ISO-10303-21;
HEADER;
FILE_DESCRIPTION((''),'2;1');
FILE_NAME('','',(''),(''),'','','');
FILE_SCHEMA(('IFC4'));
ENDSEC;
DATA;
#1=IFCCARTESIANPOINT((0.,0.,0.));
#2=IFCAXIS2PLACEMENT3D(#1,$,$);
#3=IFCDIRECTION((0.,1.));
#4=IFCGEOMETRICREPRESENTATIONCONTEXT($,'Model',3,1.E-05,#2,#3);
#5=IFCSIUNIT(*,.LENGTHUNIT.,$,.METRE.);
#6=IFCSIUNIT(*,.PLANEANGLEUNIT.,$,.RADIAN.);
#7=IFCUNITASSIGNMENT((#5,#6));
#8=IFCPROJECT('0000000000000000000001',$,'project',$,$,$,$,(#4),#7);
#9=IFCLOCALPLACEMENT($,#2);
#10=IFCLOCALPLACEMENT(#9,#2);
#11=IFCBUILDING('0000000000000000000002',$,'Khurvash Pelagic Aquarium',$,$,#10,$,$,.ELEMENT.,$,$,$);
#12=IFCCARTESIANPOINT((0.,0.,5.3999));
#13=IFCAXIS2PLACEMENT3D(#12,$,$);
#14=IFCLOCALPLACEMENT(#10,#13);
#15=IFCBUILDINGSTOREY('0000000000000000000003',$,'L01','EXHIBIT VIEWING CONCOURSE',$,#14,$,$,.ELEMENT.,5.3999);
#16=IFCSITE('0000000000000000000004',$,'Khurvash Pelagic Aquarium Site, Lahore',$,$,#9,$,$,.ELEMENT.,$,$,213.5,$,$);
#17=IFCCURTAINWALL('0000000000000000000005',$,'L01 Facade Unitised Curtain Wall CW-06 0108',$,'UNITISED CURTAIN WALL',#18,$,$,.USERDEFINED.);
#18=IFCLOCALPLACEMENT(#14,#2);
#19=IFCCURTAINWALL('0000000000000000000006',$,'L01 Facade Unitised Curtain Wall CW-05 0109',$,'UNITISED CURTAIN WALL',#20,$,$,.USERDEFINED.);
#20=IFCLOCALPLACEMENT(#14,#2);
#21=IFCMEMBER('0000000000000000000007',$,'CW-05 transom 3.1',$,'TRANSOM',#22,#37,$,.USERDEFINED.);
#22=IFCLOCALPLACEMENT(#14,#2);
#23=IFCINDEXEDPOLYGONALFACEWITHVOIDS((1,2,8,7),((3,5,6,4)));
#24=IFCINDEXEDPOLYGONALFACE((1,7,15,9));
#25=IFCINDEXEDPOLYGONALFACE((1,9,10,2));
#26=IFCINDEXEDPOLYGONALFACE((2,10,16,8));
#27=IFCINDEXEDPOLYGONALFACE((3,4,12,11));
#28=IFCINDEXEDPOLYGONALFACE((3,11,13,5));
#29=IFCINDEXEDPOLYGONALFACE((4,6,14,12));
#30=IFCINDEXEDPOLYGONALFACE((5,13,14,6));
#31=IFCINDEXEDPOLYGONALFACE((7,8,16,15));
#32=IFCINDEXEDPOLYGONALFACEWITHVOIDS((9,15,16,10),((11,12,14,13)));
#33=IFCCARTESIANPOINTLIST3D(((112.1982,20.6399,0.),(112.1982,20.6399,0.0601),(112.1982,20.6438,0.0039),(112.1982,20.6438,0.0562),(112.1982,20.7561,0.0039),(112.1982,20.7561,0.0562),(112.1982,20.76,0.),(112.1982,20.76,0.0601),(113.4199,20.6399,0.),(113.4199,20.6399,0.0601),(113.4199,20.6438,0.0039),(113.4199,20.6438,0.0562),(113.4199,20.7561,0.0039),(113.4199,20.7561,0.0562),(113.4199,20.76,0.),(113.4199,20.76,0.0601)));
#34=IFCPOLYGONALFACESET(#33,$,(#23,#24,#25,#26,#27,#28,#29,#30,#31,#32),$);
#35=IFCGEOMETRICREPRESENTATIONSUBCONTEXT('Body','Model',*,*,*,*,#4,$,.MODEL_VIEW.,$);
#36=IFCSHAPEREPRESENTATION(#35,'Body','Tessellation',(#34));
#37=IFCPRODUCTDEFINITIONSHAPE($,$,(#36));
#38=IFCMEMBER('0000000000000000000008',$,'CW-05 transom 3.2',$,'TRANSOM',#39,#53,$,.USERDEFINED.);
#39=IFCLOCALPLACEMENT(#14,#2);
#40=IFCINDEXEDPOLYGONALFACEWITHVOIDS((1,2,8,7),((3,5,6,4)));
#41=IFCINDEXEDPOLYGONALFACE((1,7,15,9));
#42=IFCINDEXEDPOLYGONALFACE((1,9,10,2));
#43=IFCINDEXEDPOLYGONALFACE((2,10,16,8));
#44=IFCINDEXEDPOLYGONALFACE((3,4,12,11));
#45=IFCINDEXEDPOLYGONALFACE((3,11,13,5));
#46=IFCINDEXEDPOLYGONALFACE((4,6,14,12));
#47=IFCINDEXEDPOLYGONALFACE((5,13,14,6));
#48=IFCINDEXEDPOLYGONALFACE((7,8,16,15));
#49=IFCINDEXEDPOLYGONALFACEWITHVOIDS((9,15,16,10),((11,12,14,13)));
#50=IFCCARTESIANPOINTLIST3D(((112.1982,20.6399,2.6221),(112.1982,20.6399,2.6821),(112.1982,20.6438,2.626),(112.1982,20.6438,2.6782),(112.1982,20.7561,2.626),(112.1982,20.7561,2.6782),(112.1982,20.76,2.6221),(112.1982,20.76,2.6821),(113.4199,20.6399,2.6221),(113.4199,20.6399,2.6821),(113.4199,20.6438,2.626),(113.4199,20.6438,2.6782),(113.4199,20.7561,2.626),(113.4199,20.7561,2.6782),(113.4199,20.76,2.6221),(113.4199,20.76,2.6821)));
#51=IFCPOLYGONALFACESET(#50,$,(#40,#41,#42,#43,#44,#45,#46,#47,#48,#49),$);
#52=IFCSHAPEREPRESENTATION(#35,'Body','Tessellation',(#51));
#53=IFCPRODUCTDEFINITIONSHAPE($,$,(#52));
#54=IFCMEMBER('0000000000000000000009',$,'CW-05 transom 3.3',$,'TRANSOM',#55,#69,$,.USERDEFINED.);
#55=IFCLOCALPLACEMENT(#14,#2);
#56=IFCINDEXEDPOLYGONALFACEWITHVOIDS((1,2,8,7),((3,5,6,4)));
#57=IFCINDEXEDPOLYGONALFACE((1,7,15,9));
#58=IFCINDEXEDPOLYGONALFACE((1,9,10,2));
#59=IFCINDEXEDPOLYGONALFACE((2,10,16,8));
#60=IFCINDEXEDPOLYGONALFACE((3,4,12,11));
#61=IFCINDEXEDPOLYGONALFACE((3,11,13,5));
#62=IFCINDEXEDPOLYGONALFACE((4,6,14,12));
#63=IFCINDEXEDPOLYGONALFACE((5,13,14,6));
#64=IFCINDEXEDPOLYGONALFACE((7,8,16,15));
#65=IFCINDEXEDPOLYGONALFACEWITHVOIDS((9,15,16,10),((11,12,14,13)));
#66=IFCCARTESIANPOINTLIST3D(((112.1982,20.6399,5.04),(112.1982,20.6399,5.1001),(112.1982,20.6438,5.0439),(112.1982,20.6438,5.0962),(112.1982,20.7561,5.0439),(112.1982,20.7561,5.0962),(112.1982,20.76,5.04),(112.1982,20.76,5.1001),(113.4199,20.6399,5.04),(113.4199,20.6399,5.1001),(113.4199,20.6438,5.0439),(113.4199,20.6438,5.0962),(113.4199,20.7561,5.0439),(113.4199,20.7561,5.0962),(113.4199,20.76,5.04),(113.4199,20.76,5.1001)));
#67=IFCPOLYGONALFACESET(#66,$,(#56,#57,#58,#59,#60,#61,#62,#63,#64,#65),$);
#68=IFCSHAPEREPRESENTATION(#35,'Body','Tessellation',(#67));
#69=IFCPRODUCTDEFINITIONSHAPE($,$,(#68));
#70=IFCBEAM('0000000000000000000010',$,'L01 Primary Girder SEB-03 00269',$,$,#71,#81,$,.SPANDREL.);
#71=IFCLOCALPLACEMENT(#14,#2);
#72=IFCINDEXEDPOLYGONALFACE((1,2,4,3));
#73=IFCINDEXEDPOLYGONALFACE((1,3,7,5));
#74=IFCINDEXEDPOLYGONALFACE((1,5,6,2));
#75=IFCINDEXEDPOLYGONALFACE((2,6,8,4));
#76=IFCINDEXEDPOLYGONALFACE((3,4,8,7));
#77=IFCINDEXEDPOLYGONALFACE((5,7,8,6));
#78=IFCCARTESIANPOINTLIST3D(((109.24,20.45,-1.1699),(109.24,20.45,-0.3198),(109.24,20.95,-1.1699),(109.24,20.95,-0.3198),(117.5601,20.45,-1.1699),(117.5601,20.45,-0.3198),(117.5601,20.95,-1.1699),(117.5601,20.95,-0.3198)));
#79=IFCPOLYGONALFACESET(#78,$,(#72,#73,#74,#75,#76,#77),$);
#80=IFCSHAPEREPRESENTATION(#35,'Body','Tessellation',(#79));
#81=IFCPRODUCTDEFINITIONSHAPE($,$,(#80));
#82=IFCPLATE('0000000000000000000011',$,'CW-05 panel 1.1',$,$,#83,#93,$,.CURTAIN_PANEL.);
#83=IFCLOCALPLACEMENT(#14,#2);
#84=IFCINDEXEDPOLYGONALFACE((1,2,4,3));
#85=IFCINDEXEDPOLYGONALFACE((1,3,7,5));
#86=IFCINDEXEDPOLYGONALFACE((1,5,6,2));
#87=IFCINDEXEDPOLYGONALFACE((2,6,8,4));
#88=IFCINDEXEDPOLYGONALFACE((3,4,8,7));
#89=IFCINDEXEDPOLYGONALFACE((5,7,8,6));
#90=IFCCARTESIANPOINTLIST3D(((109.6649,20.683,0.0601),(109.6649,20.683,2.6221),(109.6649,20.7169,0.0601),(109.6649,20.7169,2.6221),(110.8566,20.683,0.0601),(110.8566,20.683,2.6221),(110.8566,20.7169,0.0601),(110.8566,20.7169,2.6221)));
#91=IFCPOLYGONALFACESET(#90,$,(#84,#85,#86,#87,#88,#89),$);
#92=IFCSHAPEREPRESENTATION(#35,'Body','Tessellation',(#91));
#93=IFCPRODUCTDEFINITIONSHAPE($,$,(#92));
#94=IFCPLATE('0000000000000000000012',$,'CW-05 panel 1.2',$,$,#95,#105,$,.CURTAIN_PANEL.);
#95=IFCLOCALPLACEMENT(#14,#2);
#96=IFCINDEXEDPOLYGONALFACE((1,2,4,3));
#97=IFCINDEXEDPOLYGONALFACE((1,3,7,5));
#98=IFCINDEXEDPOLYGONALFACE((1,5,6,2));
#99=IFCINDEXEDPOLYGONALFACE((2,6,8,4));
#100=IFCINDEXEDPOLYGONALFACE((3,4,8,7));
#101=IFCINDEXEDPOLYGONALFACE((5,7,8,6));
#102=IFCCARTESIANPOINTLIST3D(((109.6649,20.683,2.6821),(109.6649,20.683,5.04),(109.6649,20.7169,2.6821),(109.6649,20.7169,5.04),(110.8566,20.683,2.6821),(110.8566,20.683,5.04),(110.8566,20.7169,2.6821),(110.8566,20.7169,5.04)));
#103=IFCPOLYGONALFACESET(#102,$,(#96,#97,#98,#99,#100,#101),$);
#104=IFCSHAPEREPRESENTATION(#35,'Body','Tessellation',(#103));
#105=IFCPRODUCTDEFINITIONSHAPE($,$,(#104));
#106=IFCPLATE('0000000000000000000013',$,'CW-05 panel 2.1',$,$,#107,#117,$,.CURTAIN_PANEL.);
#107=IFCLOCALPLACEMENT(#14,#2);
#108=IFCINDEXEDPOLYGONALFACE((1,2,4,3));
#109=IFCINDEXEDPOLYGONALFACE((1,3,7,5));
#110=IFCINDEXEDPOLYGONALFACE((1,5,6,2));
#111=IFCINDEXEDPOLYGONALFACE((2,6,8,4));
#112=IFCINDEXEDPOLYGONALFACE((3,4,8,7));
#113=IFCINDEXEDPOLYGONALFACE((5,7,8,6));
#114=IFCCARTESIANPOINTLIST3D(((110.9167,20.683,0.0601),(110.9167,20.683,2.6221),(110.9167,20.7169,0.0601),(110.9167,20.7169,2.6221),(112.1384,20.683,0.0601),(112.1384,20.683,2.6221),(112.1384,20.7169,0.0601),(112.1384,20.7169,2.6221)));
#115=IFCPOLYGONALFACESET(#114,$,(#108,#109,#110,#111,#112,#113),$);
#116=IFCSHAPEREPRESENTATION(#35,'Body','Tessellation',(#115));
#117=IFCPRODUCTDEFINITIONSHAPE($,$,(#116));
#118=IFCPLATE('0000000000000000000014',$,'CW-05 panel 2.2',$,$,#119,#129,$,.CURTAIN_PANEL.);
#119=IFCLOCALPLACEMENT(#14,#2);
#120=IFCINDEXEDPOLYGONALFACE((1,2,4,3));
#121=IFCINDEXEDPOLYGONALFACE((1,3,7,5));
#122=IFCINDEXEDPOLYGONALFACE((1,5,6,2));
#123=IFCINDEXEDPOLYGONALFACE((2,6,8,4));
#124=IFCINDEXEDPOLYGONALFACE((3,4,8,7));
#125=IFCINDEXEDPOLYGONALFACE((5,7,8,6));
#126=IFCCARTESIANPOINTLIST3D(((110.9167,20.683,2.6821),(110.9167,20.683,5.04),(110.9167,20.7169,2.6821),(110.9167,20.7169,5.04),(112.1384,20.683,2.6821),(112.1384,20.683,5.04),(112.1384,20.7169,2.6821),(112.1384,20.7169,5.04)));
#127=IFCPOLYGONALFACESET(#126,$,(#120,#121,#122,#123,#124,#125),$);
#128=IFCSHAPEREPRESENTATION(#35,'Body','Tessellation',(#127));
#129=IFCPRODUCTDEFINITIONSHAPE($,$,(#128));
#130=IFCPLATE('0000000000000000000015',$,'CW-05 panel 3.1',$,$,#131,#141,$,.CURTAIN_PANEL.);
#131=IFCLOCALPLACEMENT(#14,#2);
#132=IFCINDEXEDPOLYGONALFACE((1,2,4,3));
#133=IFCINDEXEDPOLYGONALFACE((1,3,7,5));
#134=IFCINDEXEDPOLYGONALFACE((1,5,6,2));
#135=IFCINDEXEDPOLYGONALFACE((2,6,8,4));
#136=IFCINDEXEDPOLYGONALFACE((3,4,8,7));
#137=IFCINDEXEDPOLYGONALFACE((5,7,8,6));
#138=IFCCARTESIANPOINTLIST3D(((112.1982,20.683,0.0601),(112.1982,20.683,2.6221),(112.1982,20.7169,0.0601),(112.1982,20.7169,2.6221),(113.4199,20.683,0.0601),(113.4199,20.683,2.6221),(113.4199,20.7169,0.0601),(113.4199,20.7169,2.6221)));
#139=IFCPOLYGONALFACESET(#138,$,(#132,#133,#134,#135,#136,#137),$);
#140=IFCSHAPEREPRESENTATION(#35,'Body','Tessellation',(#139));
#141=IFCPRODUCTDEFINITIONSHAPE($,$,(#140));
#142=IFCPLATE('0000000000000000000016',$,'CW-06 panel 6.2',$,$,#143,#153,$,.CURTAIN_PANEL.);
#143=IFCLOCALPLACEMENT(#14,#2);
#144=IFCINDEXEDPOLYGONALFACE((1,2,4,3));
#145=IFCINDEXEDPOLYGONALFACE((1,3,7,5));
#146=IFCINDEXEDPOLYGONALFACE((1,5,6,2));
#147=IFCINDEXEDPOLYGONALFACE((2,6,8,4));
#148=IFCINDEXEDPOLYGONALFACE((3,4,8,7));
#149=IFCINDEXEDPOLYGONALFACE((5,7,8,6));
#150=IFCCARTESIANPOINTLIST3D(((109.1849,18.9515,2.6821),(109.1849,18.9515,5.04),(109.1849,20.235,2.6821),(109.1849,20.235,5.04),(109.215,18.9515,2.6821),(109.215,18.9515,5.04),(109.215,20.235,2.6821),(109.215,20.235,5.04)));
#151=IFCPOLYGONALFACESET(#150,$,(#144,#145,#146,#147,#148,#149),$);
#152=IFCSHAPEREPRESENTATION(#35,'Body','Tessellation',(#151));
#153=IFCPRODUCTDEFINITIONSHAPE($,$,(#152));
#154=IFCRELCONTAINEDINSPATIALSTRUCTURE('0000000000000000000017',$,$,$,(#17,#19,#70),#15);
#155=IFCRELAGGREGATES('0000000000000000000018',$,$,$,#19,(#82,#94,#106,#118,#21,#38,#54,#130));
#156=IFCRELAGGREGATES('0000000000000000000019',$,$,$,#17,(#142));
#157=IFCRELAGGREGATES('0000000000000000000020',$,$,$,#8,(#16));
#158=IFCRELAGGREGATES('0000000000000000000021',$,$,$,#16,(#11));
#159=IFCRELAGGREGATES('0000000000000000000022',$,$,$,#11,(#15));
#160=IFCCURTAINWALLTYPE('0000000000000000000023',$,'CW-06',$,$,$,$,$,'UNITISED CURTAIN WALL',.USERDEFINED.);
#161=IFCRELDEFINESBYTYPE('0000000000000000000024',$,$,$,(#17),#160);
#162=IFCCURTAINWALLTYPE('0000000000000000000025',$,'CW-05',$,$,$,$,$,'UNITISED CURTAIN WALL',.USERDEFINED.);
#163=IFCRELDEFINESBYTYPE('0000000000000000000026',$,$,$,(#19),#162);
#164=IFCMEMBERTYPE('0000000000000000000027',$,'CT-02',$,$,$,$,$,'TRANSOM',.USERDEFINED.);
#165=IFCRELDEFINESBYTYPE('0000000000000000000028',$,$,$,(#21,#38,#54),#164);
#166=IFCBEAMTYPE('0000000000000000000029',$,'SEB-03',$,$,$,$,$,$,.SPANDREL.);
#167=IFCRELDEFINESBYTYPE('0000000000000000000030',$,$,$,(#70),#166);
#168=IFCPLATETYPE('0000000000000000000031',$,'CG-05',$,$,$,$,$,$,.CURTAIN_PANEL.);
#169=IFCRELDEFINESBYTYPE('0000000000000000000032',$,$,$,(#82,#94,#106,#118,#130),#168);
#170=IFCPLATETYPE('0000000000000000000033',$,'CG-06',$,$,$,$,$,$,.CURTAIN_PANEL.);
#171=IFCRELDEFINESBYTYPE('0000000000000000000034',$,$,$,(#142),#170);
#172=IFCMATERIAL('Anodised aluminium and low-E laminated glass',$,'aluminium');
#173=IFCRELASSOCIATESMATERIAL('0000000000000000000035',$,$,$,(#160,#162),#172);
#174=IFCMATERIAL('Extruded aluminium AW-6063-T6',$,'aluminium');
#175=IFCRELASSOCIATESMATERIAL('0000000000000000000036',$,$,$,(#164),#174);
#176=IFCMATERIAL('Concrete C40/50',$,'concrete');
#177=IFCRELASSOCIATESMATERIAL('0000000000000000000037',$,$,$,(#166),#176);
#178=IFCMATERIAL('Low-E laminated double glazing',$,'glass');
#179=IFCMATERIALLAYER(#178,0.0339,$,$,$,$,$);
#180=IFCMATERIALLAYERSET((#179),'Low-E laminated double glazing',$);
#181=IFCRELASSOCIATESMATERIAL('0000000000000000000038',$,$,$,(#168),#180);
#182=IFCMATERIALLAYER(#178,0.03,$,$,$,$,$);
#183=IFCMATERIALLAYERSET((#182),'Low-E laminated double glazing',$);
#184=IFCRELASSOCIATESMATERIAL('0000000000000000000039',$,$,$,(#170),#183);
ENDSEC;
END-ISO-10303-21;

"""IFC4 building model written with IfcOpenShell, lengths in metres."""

from ifc_helpers import new_model, si_unit, direction, frame, origin, origin_2d, place, context, subcontext, project, spatial, rectangle, hollow_rectangle, extrude, material, layer, layer_set, material_profile, profile_set, type_object, element, aggregate, save


model = new_model("IFC4")

# Units and contexts
model_context = context("Model", 3, precision=1e-05, world=origin(), true_north=direction((0.0, 1.0)))
body_context = subcontext(model_context, "Body", "Model", "MODEL_VIEW")
ifc_project = project(units=[si_unit("LENGTHUNIT", "METRE"), si_unit("PLANEANGLEUNIT", "RADIAN")], contexts=[model_context])

# Site, building, storey
site_placement = place(None, origin())
site = spatial("IfcSite", under=ifc_project, at=site_placement, Name="Khurvash Pelagic Aquarium Site, Lahore", CompositionType="ELEMENT", RefElevation=213.5)
building_placement = place(site_placement, origin())
building = spatial("IfcBuilding", under=site, at=building_placement, Name="Khurvash Pelagic Aquarium", CompositionType="ELEMENT")
storey_placement = place(building_placement, frame((0.0, 0.0, 5.3999)))
storey = spatial("IfcBuildingStorey", under=building, at=storey_placement, Name="L01", Description="EXHIBIT VIEWING CONCOURSE", CompositionType="ELEMENT", Elevation=5.3999)

# Shared definitions
ifc_material_1 = material(Name="Concrete C40/50", Category="concrete")

# Curtain wall
ifc_material_2 = material(Name="Anodised aluminium and low-E laminated glass", Category="aluminium")
curtain_wall_type_1 = type_object("IfcCurtainWallType", Name="CW-06", ElementType="UNITISED CURTAIN WALL", PredefinedType="USERDEFINED", material=ifc_material_2)
curtain_wall_1_placement = place(storey_placement, origin())
curtain_wall_1 = element("IfcCurtainWall", 1, at=curtain_wall_1_placement, inside=storey, type_object=curtain_wall_type_1, Name="L01 Facade Unitised Curtain Wall CW-06 0108", ObjectType="UNITISED CURTAIN WALL", PredefinedType="USERDEFINED")
ifc_material_3 = material(Name="Extruded aluminium AW-6063-T6", Category="aluminium")

# Curtain wall, members
curtain_wall_type_2 = type_object("IfcCurtainWallType", Name="CW-05", ElementType="UNITISED CURTAIN WALL", PredefinedType="USERDEFINED", material=ifc_material_2)
curtain_wall_2_placement = place(storey_placement, origin())
curtain_wall_2 = element("IfcCurtainWall", 2, at=curtain_wall_2_placement, inside=storey, type_object=curtain_wall_type_2, Name="L01 Facade Unitised Curtain Wall CW-05 0109", ObjectType="UNITISED CURTAIN WALL", PredefinedType="USERDEFINED")
ifc_material_profile_1 = material_profile(ifc_material_3, hollow_rectangle(XDim=0.1201, YDim=0.0601, WallThickness=0.0039, at=origin_2d()), Name="CWT120X60X4")
ifc_profile_set_1 = profile_set([ifc_material_profile_1], Name="Extruded aluminium AW-6063-T6")
member_type_1 = type_object("IfcMemberType", Name="CT-02", ElementType="TRANSOM", PredefinedType="USERDEFINED", material=ifc_profile_set_1)
member_1_placement = place(storey_placement, frame((112.1982, 20.7, 0.03), z_axis=(1.0, 0.0, 0.0), x_axis=(0.0, 1.0, 0.0)))
member_1 = element("IfcMember", 3, at=member_1_placement, type_object=member_type_1, Name="CW-05 transom 3.1", ObjectType="TRANSOM", PredefinedType="USERDEFINED", context=body_context, shape_type="SweptSolid", body=[
    extrude(hollow_rectangle(XDim=0.1201, YDim=0.0601, WallThickness=0.0039, at=origin_2d()), origin(), (0.0, 0.0, 1.0), 1.2217),
])
member_2_placement = place(storey_placement, frame((112.1982, 20.7, 2.6521), z_axis=(1.0, 0.0, 0.0), x_axis=(0.0, 1.0, 0.0)))
member_2 = element("IfcMember", 4, at=member_2_placement, type_object=member_type_1, Name="CW-05 transom 3.2", ObjectType="TRANSOM", PredefinedType="USERDEFINED", context=body_context, shape_type="SweptSolid", body=[
    extrude(hollow_rectangle(XDim=0.1201, YDim=0.0601, WallThickness=0.0039, at=origin_2d()), origin(), (0.0, 0.0, 1.0), 1.2217),
])
member_3_placement = place(storey_placement, frame((112.1982, 20.7, 5.0701), z_axis=(1.0, 0.0, 0.0), x_axis=(0.0, 1.0, 0.0)))
member_3 = element("IfcMember", 5, at=member_3_placement, type_object=member_type_1, Name="CW-05 transom 3.3", ObjectType="TRANSOM", PredefinedType="USERDEFINED", context=body_context, shape_type="SweptSolid", body=[
    extrude(hollow_rectangle(XDim=0.1201, YDim=0.0601, WallThickness=0.0039, at=origin_2d()), origin(), (0.0, 0.0, 1.0), 1.2217),
])

# Beam
ifc_material_profile_2 = material_profile(ifc_material_1, rectangle(XDim=0.5, YDim=0.8501, at=origin_2d()), Name="RC500X850")
ifc_profile_set_2 = profile_set([ifc_material_profile_2], Name="Concrete C40/50")
beam_type = type_object("IfcBeamType", Name="SEB-03", PredefinedType="SPANDREL", material=ifc_profile_set_2)
beam_placement = place(storey_placement, frame((109.24, 20.7, -0.7449), z_axis=(1.0, 0.0, 0.0), x_axis=(0.0, 1.0, 0.0)))
element("IfcBeam", 6, at=beam_placement, inside=storey, type_object=beam_type, Name="L01 Primary Girder SEB-03 00269", PredefinedType="SPANDREL", context=body_context, shape_type="SweptSolid", body=[
    extrude(rectangle(XDim=0.5, YDim=0.8501, at=origin_2d()), origin(), (0.0, 0.0, 1.0), 8.3201),
])

# Plates
ifc_material_4 = material(Name="Low-E laminated double glazing", Category="glass")
ifc_layer_1 = layer(ifc_material_4, 0.0339)
ifc_layer_set_1 = layer_set([ifc_layer_1], Name="Low-E laminated double glazing")
plate_type_1 = type_object("IfcPlateType", Name="CG-05", PredefinedType="CURTAIN_PANEL", material=ifc_layer_set_1)
plate_1_placement = place(storey_placement, frame((110.2607, 20.7, 0.0601), z_axis=(0.0, 0.0, 1.0), x_axis=(1.0, 0.0, 0.0)))
plate_1 = element("IfcPlate", 7, at=plate_1_placement, type_object=plate_type_1, Name="CW-05 panel 1.1", PredefinedType="CURTAIN_PANEL", context=body_context, shape_type="SweptSolid", body=[
    extrude(rectangle(XDim=1.1917, YDim=0.0339, at=origin_2d()), origin(), (0.0, 0.0, 1.0), 2.562),
])
plate_2_placement = place(storey_placement, frame((110.2607, 20.7, 2.6821), z_axis=(0.0, 0.0, 1.0), x_axis=(1.0, 0.0, 0.0)))
plate_2 = element("IfcPlate", 8, at=plate_2_placement, type_object=plate_type_1, Name="CW-05 panel 1.2", PredefinedType="CURTAIN_PANEL", context=body_context, shape_type="SweptSolid", body=[
    extrude(rectangle(XDim=1.1917, YDim=0.0339, at=origin_2d()), origin(), (0.0, 0.0, 1.0), 2.3579),
])
plate_3_placement = place(storey_placement, frame((111.5276, 20.7, 0.0601), z_axis=(0.0, 0.0, 1.0), x_axis=(1.0, 0.0, 0.0)))
plate_3 = element("IfcPlate", 9, at=plate_3_placement, type_object=plate_type_1, Name="CW-05 panel 2.1", PredefinedType="CURTAIN_PANEL", context=body_context, shape_type="SweptSolid", body=[
    extrude(rectangle(XDim=1.2217, YDim=0.0339, at=origin_2d()), origin(), (0.0, 0.0, 1.0), 2.562),
])
plate_4_placement = place(storey_placement, frame((111.5276, 20.7, 2.6821), z_axis=(0.0, 0.0, 1.0), x_axis=(1.0, 0.0, 0.0)))
plate_4 = element("IfcPlate", 10, at=plate_4_placement, type_object=plate_type_1, Name="CW-05 panel 2.2", PredefinedType="CURTAIN_PANEL", context=body_context, shape_type="SweptSolid", body=[
    extrude(rectangle(XDim=1.2217, YDim=0.0339, at=origin_2d()), origin(), (0.0, 0.0, 1.0), 2.3579),
])
plate_5_placement = place(storey_placement, frame((112.8091, 20.7, 0.0601), z_axis=(0.0, 0.0, 1.0), x_axis=(1.0, 0.0, 0.0)))
plate_5 = element("IfcPlate", 11, at=plate_5_placement, type_object=plate_type_1, Name="CW-05 panel 3.1", PredefinedType="CURTAIN_PANEL", context=body_context, shape_type="SweptSolid", body=[
    extrude(rectangle(XDim=1.2217, YDim=0.0339, at=origin_2d()), origin(), (0.0, 0.0, 1.0), 2.562),
])
aggregate(curtain_wall_2, [plate_1, plate_2, plate_3, plate_4, member_1, member_2, member_3, plate_5])
ifc_layer_2 = layer(ifc_material_4, 0.03)
ifc_layer_set_2 = layer_set([ifc_layer_2], Name="Low-E laminated double glazing")
plate_type_2 = type_object("IfcPlateType", Name="CG-06", PredefinedType="CURTAIN_PANEL", material=ifc_layer_set_2)
plate_6_placement = place(storey_placement, frame((109.2, 19.5933, 2.6821), z_axis=(0.0, 0.0, 1.0), x_axis=(0.0, 1.0, 0.0)))
plate_6 = element("IfcPlate", 12, at=plate_6_placement, type_object=plate_type_2, Name="CW-06 panel 6.2", PredefinedType="CURTAIN_PANEL", context=body_context, shape_type="SweptSolid", body=[
    extrude(rectangle(XDim=1.2834, YDim=0.03, at=origin_2d()), origin(), (0.0, 0.0, 1.0), 2.3579),
])
aggregate(curtain_wall_1, [plate_6])

save(model, "model.ifc")
